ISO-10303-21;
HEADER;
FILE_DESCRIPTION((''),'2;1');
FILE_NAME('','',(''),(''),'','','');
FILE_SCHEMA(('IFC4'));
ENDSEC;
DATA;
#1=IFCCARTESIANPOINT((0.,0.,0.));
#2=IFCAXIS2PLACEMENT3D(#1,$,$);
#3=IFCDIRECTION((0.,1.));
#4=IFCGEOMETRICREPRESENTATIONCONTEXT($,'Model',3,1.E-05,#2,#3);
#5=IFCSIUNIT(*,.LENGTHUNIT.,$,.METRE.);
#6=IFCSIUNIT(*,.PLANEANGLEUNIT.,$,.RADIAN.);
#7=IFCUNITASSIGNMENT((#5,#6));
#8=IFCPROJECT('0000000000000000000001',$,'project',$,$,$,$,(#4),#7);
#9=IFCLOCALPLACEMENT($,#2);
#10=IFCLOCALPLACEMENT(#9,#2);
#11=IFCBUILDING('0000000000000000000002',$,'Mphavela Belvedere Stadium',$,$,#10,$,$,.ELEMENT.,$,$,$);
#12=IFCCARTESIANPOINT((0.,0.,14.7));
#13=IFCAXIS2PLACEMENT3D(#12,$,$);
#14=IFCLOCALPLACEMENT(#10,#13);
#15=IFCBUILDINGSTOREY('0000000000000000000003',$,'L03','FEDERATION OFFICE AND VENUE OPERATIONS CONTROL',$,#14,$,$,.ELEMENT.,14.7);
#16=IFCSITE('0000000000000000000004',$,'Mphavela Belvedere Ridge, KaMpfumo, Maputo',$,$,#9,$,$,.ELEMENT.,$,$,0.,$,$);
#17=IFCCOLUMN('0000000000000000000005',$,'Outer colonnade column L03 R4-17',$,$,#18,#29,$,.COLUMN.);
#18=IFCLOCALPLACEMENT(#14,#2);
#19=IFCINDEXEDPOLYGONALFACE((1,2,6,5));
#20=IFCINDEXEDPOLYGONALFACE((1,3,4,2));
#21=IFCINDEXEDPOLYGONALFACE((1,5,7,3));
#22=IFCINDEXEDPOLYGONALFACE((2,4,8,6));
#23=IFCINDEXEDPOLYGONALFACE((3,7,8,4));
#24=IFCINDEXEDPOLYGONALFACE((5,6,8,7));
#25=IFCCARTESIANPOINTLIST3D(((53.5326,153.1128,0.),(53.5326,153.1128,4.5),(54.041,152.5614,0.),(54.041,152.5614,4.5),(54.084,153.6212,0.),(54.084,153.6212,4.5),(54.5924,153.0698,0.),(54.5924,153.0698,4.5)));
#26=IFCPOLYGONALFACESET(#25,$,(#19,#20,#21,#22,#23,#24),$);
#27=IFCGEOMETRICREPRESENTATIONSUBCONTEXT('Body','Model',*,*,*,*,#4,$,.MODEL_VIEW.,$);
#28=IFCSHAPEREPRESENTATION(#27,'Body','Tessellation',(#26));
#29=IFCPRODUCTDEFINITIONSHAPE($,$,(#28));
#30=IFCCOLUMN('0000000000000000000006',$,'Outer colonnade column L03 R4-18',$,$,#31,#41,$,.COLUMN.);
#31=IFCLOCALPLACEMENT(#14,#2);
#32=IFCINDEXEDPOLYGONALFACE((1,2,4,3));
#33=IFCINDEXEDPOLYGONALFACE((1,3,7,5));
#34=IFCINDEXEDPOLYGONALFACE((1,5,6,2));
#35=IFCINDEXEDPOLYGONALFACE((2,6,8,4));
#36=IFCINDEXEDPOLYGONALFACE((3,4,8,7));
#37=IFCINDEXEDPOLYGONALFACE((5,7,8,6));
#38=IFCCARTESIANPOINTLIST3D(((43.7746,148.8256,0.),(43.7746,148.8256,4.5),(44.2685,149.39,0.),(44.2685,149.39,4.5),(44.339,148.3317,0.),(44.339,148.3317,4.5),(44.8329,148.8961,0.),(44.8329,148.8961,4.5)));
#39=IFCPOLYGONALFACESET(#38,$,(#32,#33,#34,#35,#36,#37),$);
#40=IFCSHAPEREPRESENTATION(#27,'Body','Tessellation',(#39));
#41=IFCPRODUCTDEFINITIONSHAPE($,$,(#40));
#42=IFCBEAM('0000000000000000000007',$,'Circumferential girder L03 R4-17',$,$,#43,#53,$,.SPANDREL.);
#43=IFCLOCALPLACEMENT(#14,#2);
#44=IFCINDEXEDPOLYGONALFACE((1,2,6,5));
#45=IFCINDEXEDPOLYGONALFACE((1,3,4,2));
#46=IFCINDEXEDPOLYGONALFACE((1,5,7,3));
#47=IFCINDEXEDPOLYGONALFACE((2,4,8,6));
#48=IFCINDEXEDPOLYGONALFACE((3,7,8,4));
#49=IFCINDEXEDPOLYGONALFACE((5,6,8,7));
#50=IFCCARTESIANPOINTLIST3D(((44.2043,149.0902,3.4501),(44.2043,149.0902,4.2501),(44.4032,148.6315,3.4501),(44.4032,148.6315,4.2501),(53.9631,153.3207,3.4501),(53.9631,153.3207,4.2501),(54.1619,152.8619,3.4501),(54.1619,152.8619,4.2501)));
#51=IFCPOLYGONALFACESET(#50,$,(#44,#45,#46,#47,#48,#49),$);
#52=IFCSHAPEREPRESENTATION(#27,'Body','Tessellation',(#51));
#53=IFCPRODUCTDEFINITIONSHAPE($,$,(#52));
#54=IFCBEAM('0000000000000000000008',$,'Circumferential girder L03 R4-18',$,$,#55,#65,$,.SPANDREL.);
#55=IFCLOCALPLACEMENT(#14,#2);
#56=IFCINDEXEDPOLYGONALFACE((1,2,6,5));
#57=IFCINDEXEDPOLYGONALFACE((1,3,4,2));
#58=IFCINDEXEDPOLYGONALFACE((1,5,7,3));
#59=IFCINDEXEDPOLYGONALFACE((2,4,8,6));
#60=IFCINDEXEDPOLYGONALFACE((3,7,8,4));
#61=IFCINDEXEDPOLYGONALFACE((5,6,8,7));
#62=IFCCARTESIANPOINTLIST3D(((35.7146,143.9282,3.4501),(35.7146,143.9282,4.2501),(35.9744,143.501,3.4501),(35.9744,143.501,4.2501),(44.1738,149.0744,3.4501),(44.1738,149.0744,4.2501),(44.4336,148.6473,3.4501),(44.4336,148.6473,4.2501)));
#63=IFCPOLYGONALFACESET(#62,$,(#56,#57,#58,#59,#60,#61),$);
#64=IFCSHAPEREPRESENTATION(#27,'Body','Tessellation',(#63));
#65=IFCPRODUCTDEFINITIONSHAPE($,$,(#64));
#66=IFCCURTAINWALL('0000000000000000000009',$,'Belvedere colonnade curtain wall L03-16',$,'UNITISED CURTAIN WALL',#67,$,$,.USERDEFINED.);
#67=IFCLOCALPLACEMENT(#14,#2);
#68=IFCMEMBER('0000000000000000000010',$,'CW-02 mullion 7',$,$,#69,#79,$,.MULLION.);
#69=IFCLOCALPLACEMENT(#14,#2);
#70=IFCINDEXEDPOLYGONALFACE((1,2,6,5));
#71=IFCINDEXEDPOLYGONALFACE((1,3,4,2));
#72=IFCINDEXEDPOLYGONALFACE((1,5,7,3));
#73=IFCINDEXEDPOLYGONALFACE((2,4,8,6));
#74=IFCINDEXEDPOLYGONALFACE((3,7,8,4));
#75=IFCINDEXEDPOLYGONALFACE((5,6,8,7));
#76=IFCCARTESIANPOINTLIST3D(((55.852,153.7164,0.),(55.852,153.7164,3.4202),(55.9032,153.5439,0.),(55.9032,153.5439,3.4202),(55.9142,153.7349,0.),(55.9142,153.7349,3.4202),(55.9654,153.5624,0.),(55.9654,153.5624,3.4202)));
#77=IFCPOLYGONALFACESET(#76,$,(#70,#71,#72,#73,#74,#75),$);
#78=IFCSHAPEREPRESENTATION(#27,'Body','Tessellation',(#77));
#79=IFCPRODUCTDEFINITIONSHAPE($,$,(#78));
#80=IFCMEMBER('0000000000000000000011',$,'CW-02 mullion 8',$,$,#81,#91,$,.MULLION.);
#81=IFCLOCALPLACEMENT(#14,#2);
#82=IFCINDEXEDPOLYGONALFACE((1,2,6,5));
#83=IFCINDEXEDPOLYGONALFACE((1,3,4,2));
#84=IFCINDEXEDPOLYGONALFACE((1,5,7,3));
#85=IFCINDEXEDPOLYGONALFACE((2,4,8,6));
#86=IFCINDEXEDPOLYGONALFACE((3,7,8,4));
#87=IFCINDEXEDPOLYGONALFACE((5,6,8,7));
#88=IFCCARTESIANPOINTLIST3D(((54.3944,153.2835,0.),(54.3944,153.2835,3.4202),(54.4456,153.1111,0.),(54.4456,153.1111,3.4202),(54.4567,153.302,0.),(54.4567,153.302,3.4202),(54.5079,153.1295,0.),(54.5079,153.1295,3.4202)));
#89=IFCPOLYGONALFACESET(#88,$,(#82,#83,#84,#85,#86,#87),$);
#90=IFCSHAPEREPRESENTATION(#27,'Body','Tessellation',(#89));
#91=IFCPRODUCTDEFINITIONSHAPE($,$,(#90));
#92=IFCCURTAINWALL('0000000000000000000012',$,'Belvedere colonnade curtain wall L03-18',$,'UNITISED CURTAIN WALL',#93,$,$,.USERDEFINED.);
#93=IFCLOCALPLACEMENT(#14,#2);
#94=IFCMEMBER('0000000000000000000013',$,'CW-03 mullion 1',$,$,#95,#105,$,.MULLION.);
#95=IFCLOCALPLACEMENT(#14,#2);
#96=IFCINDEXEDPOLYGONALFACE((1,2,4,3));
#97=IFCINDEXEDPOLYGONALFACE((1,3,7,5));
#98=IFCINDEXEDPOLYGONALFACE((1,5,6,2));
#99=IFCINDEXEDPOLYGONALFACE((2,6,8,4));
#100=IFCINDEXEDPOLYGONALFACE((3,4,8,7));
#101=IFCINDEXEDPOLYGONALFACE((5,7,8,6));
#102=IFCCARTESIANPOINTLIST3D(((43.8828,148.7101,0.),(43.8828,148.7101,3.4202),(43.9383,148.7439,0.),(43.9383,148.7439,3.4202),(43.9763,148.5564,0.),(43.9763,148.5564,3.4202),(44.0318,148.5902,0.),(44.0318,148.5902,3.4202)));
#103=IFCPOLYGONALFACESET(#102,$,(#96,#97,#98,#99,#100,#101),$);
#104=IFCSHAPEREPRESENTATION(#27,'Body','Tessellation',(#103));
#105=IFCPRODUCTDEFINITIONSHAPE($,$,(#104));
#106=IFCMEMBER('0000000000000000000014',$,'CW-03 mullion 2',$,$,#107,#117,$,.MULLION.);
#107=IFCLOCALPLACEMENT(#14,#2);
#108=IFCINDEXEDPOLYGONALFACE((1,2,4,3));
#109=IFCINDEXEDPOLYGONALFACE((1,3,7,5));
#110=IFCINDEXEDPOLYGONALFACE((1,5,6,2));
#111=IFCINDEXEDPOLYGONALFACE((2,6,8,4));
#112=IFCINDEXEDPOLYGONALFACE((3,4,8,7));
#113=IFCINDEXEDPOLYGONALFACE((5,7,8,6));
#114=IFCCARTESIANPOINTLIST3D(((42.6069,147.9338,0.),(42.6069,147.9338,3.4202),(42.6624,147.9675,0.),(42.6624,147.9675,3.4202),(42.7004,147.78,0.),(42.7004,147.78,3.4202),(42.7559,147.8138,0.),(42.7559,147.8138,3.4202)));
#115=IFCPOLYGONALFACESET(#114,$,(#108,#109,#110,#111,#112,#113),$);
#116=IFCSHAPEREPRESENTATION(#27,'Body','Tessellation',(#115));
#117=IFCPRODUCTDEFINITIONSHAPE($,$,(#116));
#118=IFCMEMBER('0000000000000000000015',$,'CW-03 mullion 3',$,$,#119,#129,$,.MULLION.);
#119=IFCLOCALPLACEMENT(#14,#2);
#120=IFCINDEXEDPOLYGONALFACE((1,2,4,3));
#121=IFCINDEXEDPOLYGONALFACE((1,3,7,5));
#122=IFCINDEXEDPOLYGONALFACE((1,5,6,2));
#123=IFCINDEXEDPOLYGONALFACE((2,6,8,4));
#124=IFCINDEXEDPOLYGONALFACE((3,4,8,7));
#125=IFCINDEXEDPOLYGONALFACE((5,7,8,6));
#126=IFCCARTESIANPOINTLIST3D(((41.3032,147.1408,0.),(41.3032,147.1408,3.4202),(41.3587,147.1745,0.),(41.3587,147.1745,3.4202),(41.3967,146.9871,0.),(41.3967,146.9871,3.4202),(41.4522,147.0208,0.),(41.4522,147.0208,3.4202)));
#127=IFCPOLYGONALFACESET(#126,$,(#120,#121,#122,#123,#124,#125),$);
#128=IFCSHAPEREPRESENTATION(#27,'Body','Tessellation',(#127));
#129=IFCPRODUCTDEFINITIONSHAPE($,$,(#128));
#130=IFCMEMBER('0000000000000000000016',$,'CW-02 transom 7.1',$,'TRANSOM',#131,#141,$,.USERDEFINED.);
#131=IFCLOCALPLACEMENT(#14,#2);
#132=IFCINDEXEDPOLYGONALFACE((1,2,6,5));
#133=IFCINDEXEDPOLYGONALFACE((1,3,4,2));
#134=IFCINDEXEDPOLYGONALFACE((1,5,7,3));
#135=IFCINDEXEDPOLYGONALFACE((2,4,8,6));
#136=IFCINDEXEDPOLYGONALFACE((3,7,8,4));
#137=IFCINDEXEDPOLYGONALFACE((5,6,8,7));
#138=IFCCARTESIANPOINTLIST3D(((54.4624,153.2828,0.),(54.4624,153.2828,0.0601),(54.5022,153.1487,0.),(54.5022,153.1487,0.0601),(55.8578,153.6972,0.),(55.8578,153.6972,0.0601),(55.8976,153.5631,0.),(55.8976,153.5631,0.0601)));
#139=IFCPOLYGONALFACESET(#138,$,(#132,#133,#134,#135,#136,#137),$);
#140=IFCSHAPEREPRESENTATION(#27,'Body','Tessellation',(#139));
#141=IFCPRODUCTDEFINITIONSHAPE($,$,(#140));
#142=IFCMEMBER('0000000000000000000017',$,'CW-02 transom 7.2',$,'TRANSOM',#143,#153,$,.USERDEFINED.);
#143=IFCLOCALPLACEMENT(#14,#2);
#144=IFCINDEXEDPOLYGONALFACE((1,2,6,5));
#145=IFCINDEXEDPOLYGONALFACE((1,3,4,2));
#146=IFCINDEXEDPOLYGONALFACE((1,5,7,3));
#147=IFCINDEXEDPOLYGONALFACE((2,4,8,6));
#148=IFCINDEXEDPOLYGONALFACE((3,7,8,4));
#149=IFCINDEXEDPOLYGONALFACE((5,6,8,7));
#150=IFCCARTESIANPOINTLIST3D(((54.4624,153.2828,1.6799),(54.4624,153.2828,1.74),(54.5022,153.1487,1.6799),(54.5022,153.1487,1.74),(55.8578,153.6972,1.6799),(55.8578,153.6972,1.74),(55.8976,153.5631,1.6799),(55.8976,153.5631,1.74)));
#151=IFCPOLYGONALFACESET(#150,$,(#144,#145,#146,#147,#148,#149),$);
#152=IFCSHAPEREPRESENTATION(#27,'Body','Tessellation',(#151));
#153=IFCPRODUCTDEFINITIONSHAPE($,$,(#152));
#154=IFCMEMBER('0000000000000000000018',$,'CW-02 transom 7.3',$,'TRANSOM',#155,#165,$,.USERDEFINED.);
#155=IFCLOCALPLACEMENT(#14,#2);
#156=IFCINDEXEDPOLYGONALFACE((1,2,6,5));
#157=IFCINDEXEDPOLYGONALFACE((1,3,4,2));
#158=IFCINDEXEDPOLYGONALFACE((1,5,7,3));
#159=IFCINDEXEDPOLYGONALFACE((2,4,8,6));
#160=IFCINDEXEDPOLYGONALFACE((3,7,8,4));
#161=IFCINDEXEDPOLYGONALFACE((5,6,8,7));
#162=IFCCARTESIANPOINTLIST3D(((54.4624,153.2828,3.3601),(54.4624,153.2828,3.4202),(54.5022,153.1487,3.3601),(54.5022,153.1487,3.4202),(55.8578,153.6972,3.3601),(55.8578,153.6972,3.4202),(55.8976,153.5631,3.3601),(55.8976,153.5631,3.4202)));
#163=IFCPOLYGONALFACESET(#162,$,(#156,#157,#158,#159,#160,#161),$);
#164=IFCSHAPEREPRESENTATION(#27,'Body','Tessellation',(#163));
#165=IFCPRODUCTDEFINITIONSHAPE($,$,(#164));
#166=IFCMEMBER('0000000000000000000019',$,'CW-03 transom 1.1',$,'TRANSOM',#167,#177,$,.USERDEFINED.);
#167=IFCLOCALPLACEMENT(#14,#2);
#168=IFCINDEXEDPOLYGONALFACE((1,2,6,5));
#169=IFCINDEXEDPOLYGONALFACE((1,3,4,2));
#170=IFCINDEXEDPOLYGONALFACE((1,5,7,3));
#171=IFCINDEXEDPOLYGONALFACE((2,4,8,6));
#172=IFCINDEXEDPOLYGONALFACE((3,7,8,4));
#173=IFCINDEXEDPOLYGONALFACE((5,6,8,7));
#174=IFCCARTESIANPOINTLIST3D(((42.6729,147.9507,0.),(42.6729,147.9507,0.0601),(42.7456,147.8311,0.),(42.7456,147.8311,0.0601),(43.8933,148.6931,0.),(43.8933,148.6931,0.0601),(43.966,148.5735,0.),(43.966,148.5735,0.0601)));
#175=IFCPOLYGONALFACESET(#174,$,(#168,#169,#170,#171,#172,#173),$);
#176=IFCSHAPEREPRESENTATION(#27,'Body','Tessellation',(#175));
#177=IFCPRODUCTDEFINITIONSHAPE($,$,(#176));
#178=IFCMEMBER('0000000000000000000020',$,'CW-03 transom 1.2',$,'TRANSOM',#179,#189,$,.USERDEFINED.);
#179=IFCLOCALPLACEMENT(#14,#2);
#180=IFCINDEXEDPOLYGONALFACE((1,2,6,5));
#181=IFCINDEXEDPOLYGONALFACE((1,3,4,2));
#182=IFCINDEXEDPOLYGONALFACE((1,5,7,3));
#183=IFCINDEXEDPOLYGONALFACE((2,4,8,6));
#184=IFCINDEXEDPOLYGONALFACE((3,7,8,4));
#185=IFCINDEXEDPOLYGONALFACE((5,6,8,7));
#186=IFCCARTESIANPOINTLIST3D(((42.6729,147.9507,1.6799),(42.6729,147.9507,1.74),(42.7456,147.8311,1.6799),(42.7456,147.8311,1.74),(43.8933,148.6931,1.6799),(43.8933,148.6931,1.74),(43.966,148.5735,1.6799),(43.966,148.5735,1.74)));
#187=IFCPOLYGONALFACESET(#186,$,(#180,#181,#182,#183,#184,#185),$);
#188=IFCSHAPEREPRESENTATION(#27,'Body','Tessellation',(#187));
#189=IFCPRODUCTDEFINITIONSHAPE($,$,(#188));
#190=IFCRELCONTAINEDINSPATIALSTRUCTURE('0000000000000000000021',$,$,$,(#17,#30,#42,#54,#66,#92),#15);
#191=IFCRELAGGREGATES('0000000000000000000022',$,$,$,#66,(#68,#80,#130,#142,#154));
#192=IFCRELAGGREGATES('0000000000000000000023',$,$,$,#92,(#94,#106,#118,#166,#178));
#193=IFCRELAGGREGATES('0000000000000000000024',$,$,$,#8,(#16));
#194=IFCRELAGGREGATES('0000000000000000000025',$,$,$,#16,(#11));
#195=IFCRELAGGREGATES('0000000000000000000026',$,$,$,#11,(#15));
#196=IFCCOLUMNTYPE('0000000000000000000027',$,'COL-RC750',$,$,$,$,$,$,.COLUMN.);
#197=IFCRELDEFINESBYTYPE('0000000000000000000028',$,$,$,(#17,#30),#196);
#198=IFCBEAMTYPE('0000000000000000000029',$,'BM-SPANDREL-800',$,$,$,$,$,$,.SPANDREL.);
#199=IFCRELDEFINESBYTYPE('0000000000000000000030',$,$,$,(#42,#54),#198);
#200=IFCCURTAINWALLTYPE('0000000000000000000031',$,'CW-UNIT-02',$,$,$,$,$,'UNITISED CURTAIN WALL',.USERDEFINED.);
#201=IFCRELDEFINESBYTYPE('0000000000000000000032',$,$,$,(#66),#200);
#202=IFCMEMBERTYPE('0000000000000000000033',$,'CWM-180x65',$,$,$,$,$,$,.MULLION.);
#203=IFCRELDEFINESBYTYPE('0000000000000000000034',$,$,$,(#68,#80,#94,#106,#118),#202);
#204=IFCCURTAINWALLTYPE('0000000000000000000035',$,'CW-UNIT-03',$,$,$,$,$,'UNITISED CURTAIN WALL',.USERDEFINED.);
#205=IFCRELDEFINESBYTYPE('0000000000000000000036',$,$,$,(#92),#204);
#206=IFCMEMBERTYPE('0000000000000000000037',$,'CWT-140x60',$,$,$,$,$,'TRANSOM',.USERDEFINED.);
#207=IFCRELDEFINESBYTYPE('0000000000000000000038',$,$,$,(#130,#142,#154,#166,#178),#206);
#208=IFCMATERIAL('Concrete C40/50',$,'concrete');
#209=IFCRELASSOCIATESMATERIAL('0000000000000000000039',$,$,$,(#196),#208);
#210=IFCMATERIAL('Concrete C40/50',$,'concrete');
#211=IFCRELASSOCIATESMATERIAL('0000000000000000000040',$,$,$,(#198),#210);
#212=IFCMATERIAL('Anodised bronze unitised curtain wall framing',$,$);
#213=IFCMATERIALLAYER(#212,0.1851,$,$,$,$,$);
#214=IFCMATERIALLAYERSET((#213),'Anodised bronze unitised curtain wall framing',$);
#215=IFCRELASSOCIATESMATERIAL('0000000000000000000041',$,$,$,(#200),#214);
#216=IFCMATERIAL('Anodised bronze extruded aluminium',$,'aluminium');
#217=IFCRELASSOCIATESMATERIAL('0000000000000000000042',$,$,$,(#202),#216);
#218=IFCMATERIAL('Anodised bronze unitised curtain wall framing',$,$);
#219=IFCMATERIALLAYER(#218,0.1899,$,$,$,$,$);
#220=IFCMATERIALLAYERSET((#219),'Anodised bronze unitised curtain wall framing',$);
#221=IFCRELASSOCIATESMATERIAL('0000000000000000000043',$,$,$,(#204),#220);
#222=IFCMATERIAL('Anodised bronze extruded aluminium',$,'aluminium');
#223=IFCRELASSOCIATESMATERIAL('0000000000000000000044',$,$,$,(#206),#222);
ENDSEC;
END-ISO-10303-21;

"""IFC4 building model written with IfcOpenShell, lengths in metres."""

from ifc_helpers import new_model, si_unit, direction, frame, origin, origin_2d, place, context, subcontext, project, spatial, rectangle, extrude, material, layer, layer_set, material_profile, profile_set, type_object, element, aggregate, save


model = new_model("IFC4")

# Units and contexts
model_context = context("Model", 3, precision=1e-05, world=origin(), true_north=direction((0.0, 1.0)))
body_context = subcontext(model_context, "Body", "Model", "MODEL_VIEW")
ifc_project = project(units=[si_unit("LENGTHUNIT", "METRE"), si_unit("PLANEANGLEUNIT", "RADIAN")], contexts=[model_context])

# Site, building, storey
site_placement = place(None, origin())
site = spatial("IfcSite", under=ifc_project, at=site_placement, Name="Mphavela Belvedere Ridge, KaMpfumo, Maputo", CompositionType="ELEMENT", RefElevation=0.0)
building_placement = place(site_placement, origin())
building = spatial("IfcBuilding", under=site, at=building_placement, Name="Mphavela Belvedere Stadium", CompositionType="ELEMENT")
storey_placement = place(building_placement, frame((0.0, 0.0, 14.7)))
storey = spatial("IfcBuildingStorey", under=building, at=storey_placement, Name="L03", Description="FEDERATION OFFICE AND VENUE OPERATIONS CONTROL", CompositionType="ELEMENT", Elevation=14.7)

# Columns
ifc_material_1 = material(Name="Concrete C40/50", Category="concrete")
ifc_material_profile_1 = material_profile(ifc_material_1, rectangle(XDim=0.75, YDim=0.75, at=origin_2d()), Name="RC 750x750")
ifc_profile_set_1 = profile_set([ifc_material_profile_1], Name="Concrete C40/50")
column_type = type_object("IfcColumnType", Name="COL-RC750", PredefinedType="COLUMN", material=ifc_profile_set_1)
for number, where, z_axis, x_axis, name in (
    (1, (54.0625, 153.0913, 0.0), (0.0, 0.0, 1.0), (-0.677903, 0.735151, 0.0), "Outer colonnade column L03 R4-17"),
    (2, (44.3037, 148.8608, 0.0), (0.0, 0.0, 1.0), (-0.75253, 0.658558, 0.0), "Outer colonnade column L03 R4-18"),
):
    element("IfcColumn", number, at=place(storey_placement, frame(where, z_axis=z_axis, x_axis=x_axis)), inside=storey, type_object=column_type, Name=name, PredefinedType="COLUMN", context=body_context, shape_type="SweptSolid", body=[
        extrude(rectangle(XDim=0.75, YDim=0.75, at=origin_2d()), origin(), (0.0, 0.0, 1.0), 4.5),
    ])

# Beams
ifc_material_2 = material(Name="Concrete C40/50", Category="concrete")
ifc_material_profile_2 = material_profile(ifc_material_2, rectangle(XDim=0.5, YDim=0.8, at=origin_2d()), Name="RC 500x800")
ifc_profile_set_2 = profile_set([ifc_material_profile_2], Name="Concrete C40/50")
beam_type = type_object("IfcBeamType", Name="BM-SPANDREL-800", PredefinedType="SPANDREL", material=ifc_profile_set_2)
beam_1_placement = place(storey_placement, frame((54.0625, 153.0913, 3.8501), z_axis=(-0.917499, -0.397739, 0.0), x_axis=(0.397739, -0.917499, 0.0)))
element("IfcBeam", 3, at=beam_1_placement, inside=storey, type_object=beam_type, Name="Circumferential girder L03 R4-17", PredefinedType="SPANDREL", context=body_context, shape_type="SweptSolid", body=[
    extrude(rectangle(XDim=0.5, YDim=0.8, at=origin_2d()), origin(), (0.0, 0.0, 1.0), 10.6362),
])
beam_2_placement = place(storey_placement, frame((44.3037, 148.8608, 3.8501), z_axis=(-0.854327, -0.519737, 0.0), x_axis=(0.519737, -0.854327, 0.0)))
element("IfcBeam", 4, at=beam_2_placement, inside=storey, type_object=beam_type, Name="Circumferential girder L03 R4-18", PredefinedType="SPANDREL", context=body_context, shape_type="SweptSolid", body=[
    extrude(rectangle(XDim=0.5, YDim=0.8, at=origin_2d()), origin(), (0.0, 0.0, 1.0), 9.9016),
])

# Curtain walls, members
ifc_material_3 = material(Name="Anodised bronze unitised curtain wall framing")
ifc_layer_1 = layer(ifc_material_3, 0.1851)
ifc_layer_set_1 = layer_set([ifc_layer_1], Name="Anodised bronze unitised curtain wall framing")
curtain_wall_type_1 = type_object("IfcCurtainWallType", Name="CW-UNIT-02", ElementType="UNITISED CURTAIN WALL", PredefinedType="USERDEFINED", material=ifc_layer_set_1)
curtain_wall_1_placement = place(storey_placement, origin())
curtain_wall_1 = element("IfcCurtainWall", 5, at=curtain_wall_1_placement, inside=storey, type_object=curtain_wall_type_1, Name="Belvedere colonnade curtain wall L03-16", ObjectType="UNITISED CURTAIN WALL", PredefinedType="USERDEFINED")
ifc_material_4 = material(Name="Anodised bronze extruded aluminium", Category="aluminium")
ifc_material_profile_3 = material_profile(ifc_material_4, rectangle(XDim=0.1799, YDim=0.0649, at=origin_2d()), Name="CW-MUL 180x65")
ifc_profile_set_3 = profile_set([ifc_material_profile_3], Name="Anodised bronze extruded aluminium")
member_type_1 = type_object("IfcMemberType", Name="CWM-180x65", PredefinedType="MULLION", material=ifc_profile_set_3)
member_1_placement = place(storey_placement, frame((55.9087, 153.6394, 0.0), z_axis=(0.0, 0.0, 1.0), x_axis=(0.284565, -0.958657, 0.0)))
member_1 = element("IfcMember", 6, at=member_1_placement, type_object=member_type_1, Name="CW-02 mullion 7", PredefinedType="MULLION", context=body_context, shape_type="SweptSolid", body=[
    extrude(rectangle(XDim=0.1799, YDim=0.0649, at=origin_2d()), origin(), (0.0, 0.0, 1.0), 3.4202),
])
member_2_placement = place(storey_placement, frame((54.4512, 153.2065, 0.0), z_axis=(0.0, 0.0, 1.0), x_axis=(0.284565, -0.958657, 0.0)))
member_2 = element("IfcMember", 7, at=member_2_placement, type_object=member_type_1, Name="CW-02 mullion 8", PredefinedType="MULLION", context=body_context, shape_type="SweptSolid", body=[
    extrude(rectangle(XDim=0.1799, YDim=0.0649, at=origin_2d()), origin(), (0.0, 0.0, 1.0), 3.4202),
])
ifc_material_5 = material(Name="Anodised bronze unitised curtain wall framing")
ifc_layer_2 = layer(ifc_material_5, 0.1899)
ifc_layer_set_2 = layer_set([ifc_layer_2], Name="Anodised bronze unitised curtain wall framing")
curtain_wall_type_2 = type_object("IfcCurtainWallType", Name="CW-UNIT-03", ElementType="UNITISED CURTAIN WALL", PredefinedType="USERDEFINED", material=ifc_layer_set_2)
curtain_wall_2_placement = place(storey_placement, origin())
curtain_wall_2 = element("IfcCurtainWall", 8, at=curtain_wall_2_placement, inside=storey, type_object=curtain_wall_type_2, Name="Belvedere colonnade curtain wall L03-18", ObjectType="UNITISED CURTAIN WALL", PredefinedType="USERDEFINED")
member_3_placement = place(storey_placement, frame((43.9573, 148.6501, 0.0), z_axis=(0.0, 0.0, 1.0), x_axis=(0.519738, -0.854325, 0.0)))
member_3 = element("IfcMember", 9, at=member_3_placement, type_object=member_type_1, Name="CW-03 mullion 1", PredefinedType="MULLION", context=body_context, shape_type="SweptSolid", body=[
    extrude(rectangle(XDim=0.1799, YDim=0.0649, at=origin_2d()), origin(), (0.0, 0.0, 1.0), 3.4202),
])
member_4_placement = place(storey_placement, frame((42.6814, 147.8738, 0.0), z_axis=(0.0, 0.0, 1.0), x_axis=(0.519738, -0.854325, 0.0)))
member_4 = element("IfcMember", 10, at=member_4_placement, type_object=member_type_1, Name="CW-03 mullion 2", PredefinedType="MULLION", context=body_context, shape_type="SweptSolid", body=[
    extrude(rectangle(XDim=0.1799, YDim=0.0649, at=origin_2d()), origin(), (0.0, 0.0, 1.0), 3.4202),
])
member_5_placement = place(storey_placement, frame((41.3777, 147.0808, 0.0), z_axis=(0.0, 0.0, 1.0), x_axis=(0.519738, -0.854325, 0.0)))
member_5 = element("IfcMember", 11, at=member_5_placement, type_object=member_type_1, Name="CW-03 mullion 3", PredefinedType="MULLION", context=body_context, shape_type="SweptSolid", body=[
    extrude(rectangle(XDim=0.1799, YDim=0.0649, at=origin_2d()), origin(), (0.0, 0.0, 1.0), 3.4202),
])

# Members
ifc_material_6 = material(Name="Anodised bronze extruded aluminium", Category="aluminium")
ifc_material_profile_4 = material_profile(ifc_material_6, rectangle(XDim=0.1399, YDim=0.0601, at=origin_2d()), Name="CW-TRN 140x60")
ifc_profile_set_4 = profile_set([ifc_material_profile_4], Name="Anodised bronze extruded aluminium")
member_type_2 = type_object("IfcMemberType", Name="CWT-140x60", ElementType="TRANSOM", PredefinedType="USERDEFINED", material=ifc_profile_set_4)
member_6_placement = place(storey_placement, frame((55.8777, 153.6301, 0.03), z_axis=(-0.95863, -0.284654, 0.0), x_axis=(0.284654, -0.95863, 0.0)))
member_6 = element("IfcMember", 12, at=member_6_placement, type_object=member_type_2, Name="CW-02 transom 7.1", ObjectType="TRANSOM", PredefinedType="USERDEFINED", context=body_context, shape_type="SweptSolid", body=[
    extrude(rectangle(XDim=0.1399, YDim=0.0601, at=origin_2d()), origin(), (0.0, 0.0, 1.0), 1.4556),
])
member_7_placement = place(storey_placement, frame((55.8777, 153.6301, 1.71), z_axis=(-0.95863, -0.284654, 0.0), x_axis=(0.284654, -0.95863, 0.0)))
member_7 = element("IfcMember", 13, at=member_7_placement, type_object=member_type_2, Name="CW-02 transom 7.2", ObjectType="TRANSOM", PredefinedType="USERDEFINED", context=body_context, shape_type="SweptSolid", body=[
    extrude(rectangle(XDim=0.1399, YDim=0.0601, at=origin_2d()), origin(), (0.0, 0.0, 1.0), 1.4556),
])
member_8_placement = place(storey_placement, frame((55.8777, 153.6301, 3.3901), z_axis=(-0.95863, -0.284654, 0.0), x_axis=(0.284654, -0.95863, 0.0)))
member_8 = element("IfcMember", 14, at=member_8_placement, type_object=member_type_2, Name="CW-02 transom 7.3", ObjectType="TRANSOM", PredefinedType="USERDEFINED", context=body_context, shape_type="SweptSolid", body=[
    extrude(rectangle(XDim=0.1399, YDim=0.0601, at=origin_2d()), origin(), (0.0, 0.0, 1.0), 1.4556),
])
member_9_placement = place(storey_placement, frame((43.9297, 148.6333, 0.03), z_axis=(-0.85434, -0.519714, 0.0), x_axis=(0.519714, -0.85434, 0.0)))
member_9 = element("IfcMember", 15, at=member_9_placement, type_object=member_type_2, Name="CW-03 transom 1.1", ObjectType="TRANSOM", PredefinedType="USERDEFINED", context=body_context, shape_type="SweptSolid", body=[
    extrude(rectangle(XDim=0.1399, YDim=0.0601, at=origin_2d()), origin(), (0.0, 0.0, 1.0), 1.4285),
])
member_10_placement = place(storey_placement, frame((43.9297, 148.6333, 1.71), z_axis=(-0.85434, -0.519714, 0.0), x_axis=(0.519714, -0.85434, 0.0)))
member_10 = element("IfcMember", 16, at=member_10_placement, type_object=member_type_2, Name="CW-03 transom 1.2", ObjectType="TRANSOM", PredefinedType="USERDEFINED", context=body_context, shape_type="SweptSolid", body=[
    extrude(rectangle(XDim=0.1399, YDim=0.0601, at=origin_2d()), origin(), (0.0, 0.0, 1.0), 1.4285),
])

aggregate(curtain_wall_1, [member_1, member_2, member_6, member_7, member_8])
aggregate(curtain_wall_2, [member_3, member_4, member_5, member_9, member_10])

save(model, "model.ifc")
